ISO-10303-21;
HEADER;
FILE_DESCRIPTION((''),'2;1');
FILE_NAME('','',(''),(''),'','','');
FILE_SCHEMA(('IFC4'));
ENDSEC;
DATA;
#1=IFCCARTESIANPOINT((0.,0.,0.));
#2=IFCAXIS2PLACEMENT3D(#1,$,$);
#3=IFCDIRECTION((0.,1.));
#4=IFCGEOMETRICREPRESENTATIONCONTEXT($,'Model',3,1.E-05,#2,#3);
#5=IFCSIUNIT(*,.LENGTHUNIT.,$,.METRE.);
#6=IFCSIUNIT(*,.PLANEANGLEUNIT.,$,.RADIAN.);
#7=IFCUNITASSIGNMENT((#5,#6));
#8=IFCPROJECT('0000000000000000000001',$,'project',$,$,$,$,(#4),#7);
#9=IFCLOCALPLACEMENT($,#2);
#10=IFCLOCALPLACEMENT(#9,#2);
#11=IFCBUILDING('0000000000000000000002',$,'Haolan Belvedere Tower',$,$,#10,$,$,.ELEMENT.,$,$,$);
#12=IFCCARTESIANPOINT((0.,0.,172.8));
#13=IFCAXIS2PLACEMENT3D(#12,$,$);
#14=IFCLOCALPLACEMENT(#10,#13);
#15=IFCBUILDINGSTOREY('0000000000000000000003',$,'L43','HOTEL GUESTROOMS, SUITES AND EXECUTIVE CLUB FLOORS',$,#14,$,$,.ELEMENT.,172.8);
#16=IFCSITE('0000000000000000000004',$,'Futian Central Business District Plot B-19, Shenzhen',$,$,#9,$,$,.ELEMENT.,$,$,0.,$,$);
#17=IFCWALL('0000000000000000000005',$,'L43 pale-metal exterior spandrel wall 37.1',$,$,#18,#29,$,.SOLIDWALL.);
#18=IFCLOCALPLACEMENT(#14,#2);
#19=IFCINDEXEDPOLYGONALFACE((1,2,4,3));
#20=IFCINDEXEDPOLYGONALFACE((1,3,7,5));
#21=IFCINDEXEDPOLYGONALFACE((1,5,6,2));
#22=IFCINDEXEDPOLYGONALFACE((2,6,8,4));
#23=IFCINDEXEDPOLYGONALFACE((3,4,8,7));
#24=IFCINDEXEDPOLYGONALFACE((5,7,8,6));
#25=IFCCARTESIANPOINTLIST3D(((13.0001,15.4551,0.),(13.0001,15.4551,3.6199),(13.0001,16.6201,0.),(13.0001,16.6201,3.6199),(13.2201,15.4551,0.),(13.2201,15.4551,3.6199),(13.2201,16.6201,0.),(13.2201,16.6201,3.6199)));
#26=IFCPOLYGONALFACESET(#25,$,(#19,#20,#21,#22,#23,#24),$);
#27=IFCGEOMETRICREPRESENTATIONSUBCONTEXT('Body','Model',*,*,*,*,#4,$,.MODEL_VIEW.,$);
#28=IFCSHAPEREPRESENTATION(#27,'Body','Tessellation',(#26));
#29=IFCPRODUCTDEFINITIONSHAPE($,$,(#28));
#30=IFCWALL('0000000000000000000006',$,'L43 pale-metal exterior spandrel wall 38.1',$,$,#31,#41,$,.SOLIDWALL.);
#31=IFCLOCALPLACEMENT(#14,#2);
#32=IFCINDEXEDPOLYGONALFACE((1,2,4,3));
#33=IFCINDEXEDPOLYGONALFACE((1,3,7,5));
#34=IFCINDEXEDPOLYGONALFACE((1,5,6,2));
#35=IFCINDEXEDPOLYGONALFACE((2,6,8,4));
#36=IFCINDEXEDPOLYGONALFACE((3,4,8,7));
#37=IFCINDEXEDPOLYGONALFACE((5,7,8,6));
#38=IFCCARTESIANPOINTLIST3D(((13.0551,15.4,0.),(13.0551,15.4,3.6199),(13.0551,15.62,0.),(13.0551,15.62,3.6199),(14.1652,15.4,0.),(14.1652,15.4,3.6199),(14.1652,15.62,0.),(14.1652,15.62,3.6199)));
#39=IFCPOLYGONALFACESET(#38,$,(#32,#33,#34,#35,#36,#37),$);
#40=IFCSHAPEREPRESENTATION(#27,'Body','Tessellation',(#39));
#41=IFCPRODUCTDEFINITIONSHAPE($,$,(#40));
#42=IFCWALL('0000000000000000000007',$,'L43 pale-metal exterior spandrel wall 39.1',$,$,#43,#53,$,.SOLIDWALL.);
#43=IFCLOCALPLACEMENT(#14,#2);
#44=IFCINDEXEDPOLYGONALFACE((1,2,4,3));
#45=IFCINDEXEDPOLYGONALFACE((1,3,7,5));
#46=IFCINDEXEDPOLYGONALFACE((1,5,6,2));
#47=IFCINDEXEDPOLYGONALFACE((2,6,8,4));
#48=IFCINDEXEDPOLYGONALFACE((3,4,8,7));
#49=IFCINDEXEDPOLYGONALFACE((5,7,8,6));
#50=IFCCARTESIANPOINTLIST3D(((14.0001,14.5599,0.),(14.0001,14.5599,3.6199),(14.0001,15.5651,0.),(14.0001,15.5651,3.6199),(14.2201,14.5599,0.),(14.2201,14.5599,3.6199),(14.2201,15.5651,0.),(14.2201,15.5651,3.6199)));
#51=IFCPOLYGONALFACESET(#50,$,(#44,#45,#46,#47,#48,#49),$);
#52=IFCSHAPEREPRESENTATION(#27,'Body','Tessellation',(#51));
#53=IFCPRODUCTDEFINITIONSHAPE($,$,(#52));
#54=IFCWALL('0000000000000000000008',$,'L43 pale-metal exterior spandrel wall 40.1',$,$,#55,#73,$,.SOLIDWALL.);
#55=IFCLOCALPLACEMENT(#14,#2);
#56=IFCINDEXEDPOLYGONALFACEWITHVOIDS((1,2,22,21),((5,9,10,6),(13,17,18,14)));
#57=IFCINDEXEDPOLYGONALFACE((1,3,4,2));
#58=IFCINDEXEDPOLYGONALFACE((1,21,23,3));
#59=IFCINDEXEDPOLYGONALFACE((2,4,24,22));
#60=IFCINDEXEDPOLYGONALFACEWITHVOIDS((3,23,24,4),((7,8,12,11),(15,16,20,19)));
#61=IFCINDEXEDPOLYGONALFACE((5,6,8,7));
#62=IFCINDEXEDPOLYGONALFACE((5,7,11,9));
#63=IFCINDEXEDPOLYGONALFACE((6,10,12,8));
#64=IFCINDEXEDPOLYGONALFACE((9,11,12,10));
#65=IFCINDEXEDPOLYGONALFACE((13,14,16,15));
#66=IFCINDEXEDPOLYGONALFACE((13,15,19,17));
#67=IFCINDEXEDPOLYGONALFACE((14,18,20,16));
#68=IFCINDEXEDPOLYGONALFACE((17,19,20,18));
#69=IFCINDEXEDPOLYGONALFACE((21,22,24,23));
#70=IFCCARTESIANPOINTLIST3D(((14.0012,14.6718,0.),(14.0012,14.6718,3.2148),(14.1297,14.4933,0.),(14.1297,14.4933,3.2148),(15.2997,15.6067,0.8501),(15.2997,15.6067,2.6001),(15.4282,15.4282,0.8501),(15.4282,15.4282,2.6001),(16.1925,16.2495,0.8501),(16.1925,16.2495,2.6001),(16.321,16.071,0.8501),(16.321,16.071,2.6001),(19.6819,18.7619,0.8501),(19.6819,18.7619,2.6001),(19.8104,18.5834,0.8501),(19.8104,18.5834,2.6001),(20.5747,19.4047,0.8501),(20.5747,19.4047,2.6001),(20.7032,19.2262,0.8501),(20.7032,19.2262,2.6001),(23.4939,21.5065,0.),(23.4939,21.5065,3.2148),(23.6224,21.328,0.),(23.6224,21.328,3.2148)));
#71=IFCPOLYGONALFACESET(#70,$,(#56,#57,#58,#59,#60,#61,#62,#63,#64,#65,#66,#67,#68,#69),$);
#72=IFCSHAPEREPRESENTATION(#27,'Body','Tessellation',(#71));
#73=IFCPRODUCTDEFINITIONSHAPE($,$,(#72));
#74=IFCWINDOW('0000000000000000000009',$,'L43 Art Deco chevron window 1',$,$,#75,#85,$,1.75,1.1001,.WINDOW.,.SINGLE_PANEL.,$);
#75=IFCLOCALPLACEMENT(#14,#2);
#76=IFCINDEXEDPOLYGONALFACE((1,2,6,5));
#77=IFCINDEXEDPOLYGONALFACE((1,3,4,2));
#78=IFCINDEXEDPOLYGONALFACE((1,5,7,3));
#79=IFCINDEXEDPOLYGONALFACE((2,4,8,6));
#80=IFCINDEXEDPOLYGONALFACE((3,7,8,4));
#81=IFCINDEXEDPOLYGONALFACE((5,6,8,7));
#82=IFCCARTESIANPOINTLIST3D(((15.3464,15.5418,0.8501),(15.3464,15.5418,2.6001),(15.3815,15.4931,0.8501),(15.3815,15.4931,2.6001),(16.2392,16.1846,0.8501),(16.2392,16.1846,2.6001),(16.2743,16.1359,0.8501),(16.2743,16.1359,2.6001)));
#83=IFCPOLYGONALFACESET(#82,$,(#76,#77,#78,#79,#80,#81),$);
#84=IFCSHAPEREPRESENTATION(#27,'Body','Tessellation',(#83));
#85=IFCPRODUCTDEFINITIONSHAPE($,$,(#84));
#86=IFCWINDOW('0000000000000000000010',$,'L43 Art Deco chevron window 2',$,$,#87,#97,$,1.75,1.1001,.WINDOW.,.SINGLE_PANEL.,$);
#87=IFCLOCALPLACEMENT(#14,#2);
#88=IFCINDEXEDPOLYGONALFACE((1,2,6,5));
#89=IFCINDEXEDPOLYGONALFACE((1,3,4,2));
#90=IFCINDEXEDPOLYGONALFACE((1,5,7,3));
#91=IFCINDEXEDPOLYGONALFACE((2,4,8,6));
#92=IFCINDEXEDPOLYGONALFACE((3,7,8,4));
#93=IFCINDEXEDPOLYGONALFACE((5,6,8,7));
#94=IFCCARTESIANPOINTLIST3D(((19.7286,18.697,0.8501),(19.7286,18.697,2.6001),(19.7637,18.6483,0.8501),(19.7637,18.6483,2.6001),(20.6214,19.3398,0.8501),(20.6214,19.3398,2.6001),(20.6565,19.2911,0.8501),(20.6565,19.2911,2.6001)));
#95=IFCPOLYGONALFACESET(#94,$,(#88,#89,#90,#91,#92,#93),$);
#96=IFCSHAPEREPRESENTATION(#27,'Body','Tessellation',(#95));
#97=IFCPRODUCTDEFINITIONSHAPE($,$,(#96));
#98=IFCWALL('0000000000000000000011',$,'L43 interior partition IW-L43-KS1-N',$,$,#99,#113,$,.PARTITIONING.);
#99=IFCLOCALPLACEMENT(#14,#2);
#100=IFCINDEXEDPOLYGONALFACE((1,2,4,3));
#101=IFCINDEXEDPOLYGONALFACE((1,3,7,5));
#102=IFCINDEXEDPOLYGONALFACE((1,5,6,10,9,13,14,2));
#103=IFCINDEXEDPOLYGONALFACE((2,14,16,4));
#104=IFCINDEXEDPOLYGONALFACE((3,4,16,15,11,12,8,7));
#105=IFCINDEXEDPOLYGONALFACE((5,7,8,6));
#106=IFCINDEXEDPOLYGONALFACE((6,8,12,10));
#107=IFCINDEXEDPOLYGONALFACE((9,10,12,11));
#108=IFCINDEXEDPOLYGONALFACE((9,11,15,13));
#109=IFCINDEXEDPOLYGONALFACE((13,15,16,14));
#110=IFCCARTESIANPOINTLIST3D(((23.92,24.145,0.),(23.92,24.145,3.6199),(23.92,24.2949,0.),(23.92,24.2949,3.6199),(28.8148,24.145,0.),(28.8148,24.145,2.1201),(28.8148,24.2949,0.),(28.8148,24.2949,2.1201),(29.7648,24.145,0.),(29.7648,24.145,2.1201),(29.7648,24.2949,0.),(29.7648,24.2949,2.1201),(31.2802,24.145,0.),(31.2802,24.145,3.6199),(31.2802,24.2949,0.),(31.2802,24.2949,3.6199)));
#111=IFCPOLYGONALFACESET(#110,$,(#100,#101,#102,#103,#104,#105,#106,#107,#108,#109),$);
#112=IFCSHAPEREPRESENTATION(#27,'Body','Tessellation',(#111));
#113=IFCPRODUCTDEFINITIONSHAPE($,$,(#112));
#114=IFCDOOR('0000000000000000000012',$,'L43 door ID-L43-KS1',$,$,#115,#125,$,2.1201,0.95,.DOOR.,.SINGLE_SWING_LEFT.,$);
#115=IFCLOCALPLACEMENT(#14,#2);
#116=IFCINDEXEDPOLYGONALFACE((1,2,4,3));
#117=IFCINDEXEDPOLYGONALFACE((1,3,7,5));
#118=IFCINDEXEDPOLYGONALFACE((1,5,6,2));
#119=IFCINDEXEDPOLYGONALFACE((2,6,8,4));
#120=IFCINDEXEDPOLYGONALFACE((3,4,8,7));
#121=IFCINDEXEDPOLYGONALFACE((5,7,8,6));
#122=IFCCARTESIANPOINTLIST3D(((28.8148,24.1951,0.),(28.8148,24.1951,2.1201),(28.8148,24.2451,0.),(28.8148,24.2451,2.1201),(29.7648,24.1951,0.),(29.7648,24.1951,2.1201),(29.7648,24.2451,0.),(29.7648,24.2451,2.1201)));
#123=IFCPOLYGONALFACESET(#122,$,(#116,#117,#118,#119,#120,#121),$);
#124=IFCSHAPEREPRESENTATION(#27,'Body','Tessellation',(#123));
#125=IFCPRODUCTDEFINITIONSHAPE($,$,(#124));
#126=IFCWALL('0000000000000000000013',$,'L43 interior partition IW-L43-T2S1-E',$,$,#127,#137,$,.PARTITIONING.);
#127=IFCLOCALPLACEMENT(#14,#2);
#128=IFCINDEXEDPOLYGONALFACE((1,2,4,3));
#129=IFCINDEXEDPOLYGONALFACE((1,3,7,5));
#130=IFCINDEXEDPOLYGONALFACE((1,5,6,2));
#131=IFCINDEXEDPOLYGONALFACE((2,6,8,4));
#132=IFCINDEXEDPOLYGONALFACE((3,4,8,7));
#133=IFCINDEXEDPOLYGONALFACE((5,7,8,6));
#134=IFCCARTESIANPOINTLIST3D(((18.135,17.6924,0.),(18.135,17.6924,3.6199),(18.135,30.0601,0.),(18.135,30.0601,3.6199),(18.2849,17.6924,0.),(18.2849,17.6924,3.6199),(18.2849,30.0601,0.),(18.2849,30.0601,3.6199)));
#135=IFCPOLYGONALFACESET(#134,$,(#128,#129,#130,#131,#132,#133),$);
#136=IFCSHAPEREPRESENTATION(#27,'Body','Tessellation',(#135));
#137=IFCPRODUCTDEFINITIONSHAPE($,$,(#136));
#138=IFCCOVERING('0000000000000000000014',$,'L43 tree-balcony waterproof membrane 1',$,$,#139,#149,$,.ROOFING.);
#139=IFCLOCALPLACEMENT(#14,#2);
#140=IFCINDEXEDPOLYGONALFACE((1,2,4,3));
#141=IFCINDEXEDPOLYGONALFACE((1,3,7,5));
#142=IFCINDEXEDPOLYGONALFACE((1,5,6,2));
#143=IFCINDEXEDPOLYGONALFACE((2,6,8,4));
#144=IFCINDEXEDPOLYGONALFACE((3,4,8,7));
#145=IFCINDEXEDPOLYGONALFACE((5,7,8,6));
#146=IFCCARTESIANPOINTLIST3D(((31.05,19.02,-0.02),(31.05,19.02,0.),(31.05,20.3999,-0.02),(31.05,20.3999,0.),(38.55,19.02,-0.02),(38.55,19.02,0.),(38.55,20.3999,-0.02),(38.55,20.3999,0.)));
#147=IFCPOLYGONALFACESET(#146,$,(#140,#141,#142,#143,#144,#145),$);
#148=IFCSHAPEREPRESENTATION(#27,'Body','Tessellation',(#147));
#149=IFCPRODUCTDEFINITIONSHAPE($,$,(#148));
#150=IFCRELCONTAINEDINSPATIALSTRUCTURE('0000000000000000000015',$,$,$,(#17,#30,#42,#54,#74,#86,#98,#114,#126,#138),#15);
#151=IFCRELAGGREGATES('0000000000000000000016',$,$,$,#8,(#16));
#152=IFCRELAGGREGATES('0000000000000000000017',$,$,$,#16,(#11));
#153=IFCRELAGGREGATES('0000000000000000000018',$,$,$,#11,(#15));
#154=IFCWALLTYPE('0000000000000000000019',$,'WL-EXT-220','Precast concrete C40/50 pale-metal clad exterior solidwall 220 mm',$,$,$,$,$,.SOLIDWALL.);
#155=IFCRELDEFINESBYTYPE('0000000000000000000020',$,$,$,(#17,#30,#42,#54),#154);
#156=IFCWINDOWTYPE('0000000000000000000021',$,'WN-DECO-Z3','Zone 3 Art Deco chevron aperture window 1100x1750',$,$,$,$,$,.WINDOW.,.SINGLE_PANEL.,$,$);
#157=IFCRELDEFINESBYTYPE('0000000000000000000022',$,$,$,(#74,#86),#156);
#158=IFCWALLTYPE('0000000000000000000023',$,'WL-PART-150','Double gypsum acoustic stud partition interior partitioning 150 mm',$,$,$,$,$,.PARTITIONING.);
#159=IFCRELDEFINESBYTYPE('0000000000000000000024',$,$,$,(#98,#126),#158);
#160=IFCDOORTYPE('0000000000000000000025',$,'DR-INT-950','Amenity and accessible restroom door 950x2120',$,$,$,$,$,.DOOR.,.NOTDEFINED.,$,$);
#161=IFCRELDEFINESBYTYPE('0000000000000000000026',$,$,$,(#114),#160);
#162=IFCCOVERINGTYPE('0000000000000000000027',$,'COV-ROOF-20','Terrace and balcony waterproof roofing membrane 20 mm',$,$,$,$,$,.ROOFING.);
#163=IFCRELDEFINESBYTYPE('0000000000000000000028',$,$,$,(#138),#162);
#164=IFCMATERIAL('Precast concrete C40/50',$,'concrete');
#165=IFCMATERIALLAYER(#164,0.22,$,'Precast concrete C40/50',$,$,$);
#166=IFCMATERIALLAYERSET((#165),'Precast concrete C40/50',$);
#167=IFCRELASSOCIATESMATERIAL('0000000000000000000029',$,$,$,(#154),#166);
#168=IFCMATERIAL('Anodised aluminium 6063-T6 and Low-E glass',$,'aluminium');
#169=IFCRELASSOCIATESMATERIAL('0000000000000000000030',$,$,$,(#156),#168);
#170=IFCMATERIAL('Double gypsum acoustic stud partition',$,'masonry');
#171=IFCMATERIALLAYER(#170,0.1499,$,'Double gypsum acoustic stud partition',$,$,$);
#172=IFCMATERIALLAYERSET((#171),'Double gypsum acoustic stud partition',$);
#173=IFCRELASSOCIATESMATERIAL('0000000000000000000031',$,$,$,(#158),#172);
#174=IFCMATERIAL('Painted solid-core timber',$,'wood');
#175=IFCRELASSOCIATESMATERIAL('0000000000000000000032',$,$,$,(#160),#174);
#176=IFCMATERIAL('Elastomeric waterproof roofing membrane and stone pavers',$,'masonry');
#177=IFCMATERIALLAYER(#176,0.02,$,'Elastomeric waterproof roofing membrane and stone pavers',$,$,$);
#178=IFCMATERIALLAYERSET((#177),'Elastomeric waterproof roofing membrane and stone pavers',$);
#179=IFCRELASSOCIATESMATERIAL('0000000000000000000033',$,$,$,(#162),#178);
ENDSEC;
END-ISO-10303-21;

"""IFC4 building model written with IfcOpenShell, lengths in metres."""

from ifc_helpers import new_model, si_unit, direction, frame, frame_2d, origin, place, context, subcontext, project, spatial, polyline, rectangle, outline, extrude, material, layer, layer_set, type_object, element, fill, save


model = new_model("IFC4")

# Units and contexts
model_context = context("Model", 3, precision=1e-05, world=origin(), true_north=direction((0.0, 1.0)))
body_context = subcontext(model_context, "Body", "Model", "MODEL_VIEW")
ifc_project = project(units=[si_unit("LENGTHUNIT", "METRE"), si_unit("PLANEANGLEUNIT", "RADIAN")], contexts=[model_context])

# Site, building, storey
site_placement = place(None, origin())
site = spatial("IfcSite", under=ifc_project, at=site_placement, Name="Futian Central Business District Plot B-19, Shenzhen", CompositionType="ELEMENT", RefElevation=0.0)
building_placement = place(site_placement, origin())
building = spatial("IfcBuilding", under=site, at=building_placement, Name="Haolan Belvedere Tower", CompositionType="ELEMENT")
storey_placement = place(building_placement, frame((0.0, 0.0, 172.8)))
storey = spatial("IfcBuildingStorey", under=building, at=storey_placement, Name="L43", Description="HOTEL GUESTROOMS, SUITES AND EXECUTIVE CLUB FLOORS", CompositionType="ELEMENT", Elevation=172.8)

# Walls
ifc_material_1 = material(Name="Precast concrete C40/50", Category="concrete")
ifc_layer_1 = layer(ifc_material_1, 0.22, Name="Precast concrete C40/50")
ifc_layer_set_1 = layer_set([ifc_layer_1], Name="Precast concrete C40/50")
wall_type_1 = type_object("IfcWallType", Name="WL-EXT-220", Description="Precast concrete C40/50 pale-metal clad exterior solidwall 220 mm", PredefinedType="SOLIDWALL", material=ifc_layer_set_1)
wall_1_placement = place(storey_placement, frame((13.1101, 16.6201, 0.0), z_axis=(0.0, 0.0, 1.0), x_axis=(0.0, -1.0, 0.0)))
element("IfcWall", 1, at=wall_1_placement, inside=storey, type_object=wall_type_1, Name="L43 pale-metal exterior spandrel wall 37.1", PredefinedType="SOLIDWALL", context=body_context, shape_type="SweptSolid", body=[
    extrude(rectangle(XDim=1.165, YDim=0.22, at=frame_2d((0.5825, 0.0))), origin(), (0.0, 0.0, 1.0), 3.6199),
])
wall_2_placement = place(storey_placement, frame((13.0549, 15.51, 0.0), z_axis=(0.0, 0.0, 1.0), x_axis=(1.0, 0.0, 0.0)))
element("IfcWall", 2, at=wall_2_placement, inside=storey, type_object=wall_type_1, Name="L43 pale-metal exterior spandrel wall 38.1", PredefinedType="SOLIDWALL", context=body_context, shape_type="SweptSolid", body=[
    extrude(rectangle(XDim=1.1101, YDim=0.22, at=frame_2d((0.5552, 0.0))), origin(), (0.0, 0.0, 1.0), 3.6199),
])
wall_3_placement = place(storey_placement, frame((14.1101, 15.5649, 0.0), z_axis=(0.0, 0.0, 1.0), x_axis=(0.0, -1.0, 0.0)))
element("IfcWall", 3, at=wall_3_placement, inside=storey, type_object=wall_type_1, Name="L43 pale-metal exterior spandrel wall 39.1", PredefinedType="SOLIDWALL", context=body_context, shape_type="SweptSolid", body=[
    extrude(rectangle(XDim=1.0051, YDim=0.22, at=frame_2d((0.5024, 0.0))), origin(), (0.0, 0.0, 1.0), 3.6199),
])

# Wall, openings, windows
wall_4_placement = place(storey_placement, frame((14.0654, 14.5825, 0.0), z_axis=(0.0, 0.0, 1.0), x_axis=(0.811535, 0.584304, 0.0)))
wall_4 = element("IfcWall", 4, at=wall_4_placement, inside=storey, type_object=wall_type_1, Name="L43 pale-metal exterior spandrel wall 40.1", PredefinedType="SOLIDWALL", context=body_context, shape_type="SweptSolid", body=[
    extrude(rectangle(XDim=11.6973, YDim=0.22, at=frame_2d((5.8486, 0.0))), origin(), (0.0, 0.0, 1.0), 3.2148),
])
opening_1_placement = place(wall_4_placement, frame((1.6001, 0.0, 0.8501)))
opening_1 = element("IfcOpeningElement", 5, at=opening_1_placement, cuts=wall_4, PredefinedType="OPENING", context=body_context, shape_type="SweptSolid", body=[
    extrude(rectangle(XDim=1.1001, YDim=1.75, at=frame_2d((0.55, 0.875))), frame((0.0, 0.1199, 0.0), z_axis=(0.0, -1.0, 0.0), x_axis=(1.0, 0.0, 0.0)), (0.0, 0.0, 1.0), 0.24),
])
opening_2_placement = place(wall_4_placement, frame((7.0, 0.0, 0.8501)))
opening_2 = element("IfcOpeningElement", 6, at=opening_2_placement, cuts=wall_4, PredefinedType="OPENING", context=body_context, shape_type="SweptSolid", body=[
    extrude(rectangle(XDim=1.1001, YDim=1.75, at=frame_2d((0.55, 0.875))), frame((0.0, 0.1199, 0.0), z_axis=(0.0, -1.0, 0.0), x_axis=(1.0, 0.0, 0.0)), (0.0, 0.0, 1.0), 0.24),
])
ifc_material_2 = material(Name="Anodised aluminium 6063-T6 and Low-E glass", Category="aluminium")
window_type = type_object("IfcWindowType", Name="WN-DECO-Z3", Description="Zone 3 Art Deco chevron aperture window 1100x1750", PartitioningType="SINGLE_PANEL", PredefinedType="WINDOW", material=ifc_material_2)
window_1_placement = place(opening_1_placement, origin())
window_1 = element("IfcWindow", 7, at=window_1_placement, inside=storey, type_object=window_type, Name="L43 Art Deco chevron window 1", OverallHeight=1.75, OverallWidth=1.1001, PartitioningType="SINGLE_PANEL", PredefinedType="WINDOW", context=body_context, shape_type="SweptSolid", body=[
    extrude(rectangle(XDim=1.1001, YDim=1.75, at=frame_2d((0.55, 0.875))), frame((0.0, 0.03, 0.0), z_axis=(0.0, -1.0, 0.0), x_axis=(1.0, 0.0, 0.0)), (0.0, 0.0, 1.0), 0.0601),
])
fill(opening_1, window_1)
window_2_placement = place(opening_2_placement, origin())
window_2 = element("IfcWindow", 8, at=window_2_placement, inside=storey, type_object=window_type, Name="L43 Art Deco chevron window 2", OverallHeight=1.75, OverallWidth=1.1001, PartitioningType="SINGLE_PANEL", PredefinedType="WINDOW", context=body_context, shape_type="SweptSolid", body=[
    extrude(rectangle(XDim=1.1001, YDim=1.75, at=frame_2d((0.55, 0.875))), frame((0.0, 0.03, 0.0), z_axis=(0.0, -1.0, 0.0), x_axis=(1.0, 0.0, 0.0)), (0.0, 0.0, 1.0), 0.0601),
])
fill(opening_2, window_2)

# Wall, opening, door
ifc_material_3 = material(Name="Double gypsum acoustic stud partition", Category="masonry")
ifc_layer_2 = layer(ifc_material_3, 0.1499, Name="Double gypsum acoustic stud partition")
ifc_layer_set_2 = layer_set([ifc_layer_2], Name="Double gypsum acoustic stud partition")
wall_type_2 = type_object("IfcWallType", Name="WL-PART-150", Description="Double gypsum acoustic stud partition interior partitioning 150 mm", PredefinedType="PARTITIONING", material=ifc_layer_set_2)
wall_5_placement = place(storey_placement, frame((23.9199, 24.22, 0.0), z_axis=(0.0, 0.0, 1.0), x_axis=(1.0, 0.0, 0.0)))
wall_5 = element("IfcWall", 9, at=wall_5_placement, inside=storey, type_object=wall_type_2, Name="L43 interior partition IW-L43-KS1-N", PredefinedType="PARTITIONING", context=body_context, shape_type="SweptSolid", body=[
    extrude(rectangle(XDim=7.3601, YDim=0.1499, at=frame_2d((3.6802, 0.0))), origin(), (0.0, 0.0, 1.0), 3.6199),
])
opening_3_placement = place(wall_5_placement, frame((5.845, 0.0, 0.0), z_axis=(0.0, 0.0, 1.0), x_axis=(-1.0, 0.0, 0.0)))
opening_3 = element("IfcOpeningElement", 10, at=opening_3_placement, cuts=wall_5, PredefinedType="OPENING", context=body_context, shape_type="SweptSolid", body=[
    extrude(rectangle(XDim=0.95, YDim=2.1201, at=frame_2d((0.4751, 1.0601))), frame((0.0, 0.085, 0.0), z_axis=(0.0, -1.0, 0.0), x_axis=(1.0, 0.0, 0.0)), (0.0, 0.0, 1.0), 0.1699),
])
ifc_material_4 = material(Name="Painted solid-core timber", Category="wood")
door_type = type_object("IfcDoorType", Name="DR-INT-950", Description="Amenity and accessible restroom door 950x2120", OperationType="NOTDEFINED", PredefinedType="DOOR", material=ifc_material_4)
door_placement = place(opening_3_placement, origin())
door = element("IfcDoor", 11, at=door_placement, inside=storey, type_object=door_type, Name="L43 door ID-L43-KS1", OperationType="SINGLE_SWING_LEFT", OverallHeight=2.1201, OverallWidth=0.95, PredefinedType="DOOR", context=body_context, shape_type="SweptSolid", body=[
    extrude(rectangle(XDim=0.95, YDim=2.1201, at=frame_2d((0.4751, 1.0601))), frame((0.0, 0.0249, 0.0), z_axis=(0.0, -1.0, 0.0), x_axis=(1.0, 0.0, 0.0)), (0.0, 0.0, 1.0), 0.05),
])
fill(opening_3, door)

# Wall
wall_6_placement = place(storey_placement, frame((18.21, 17.6924, 0.0), z_axis=(0.0, 0.0, 1.0), x_axis=(0.0, 1.0, 0.0)))
element("IfcWall", 12, at=wall_6_placement, inside=storey, type_object=wall_type_2, Name="L43 interior partition IW-L43-T2S1-E", PredefinedType="PARTITIONING", context=body_context, shape_type="SweptSolid", body=[
    extrude(rectangle(XDim=12.3677, YDim=0.1499, at=frame_2d((6.1838, 0.0))), origin(), (0.0, 0.0, 1.0), 3.6199),
])

# Covering
ifc_material_5 = material(Name="Elastomeric waterproof roofing membrane and stone pavers", Category="masonry")
ifc_layer_3 = layer(ifc_material_5, 0.02, Name="Elastomeric waterproof roofing membrane and stone pavers")
ifc_layer_set_3 = layer_set([ifc_layer_3], Name="Elastomeric waterproof roofing membrane and stone pavers")
covering_type = type_object("IfcCoveringType", Name="COV-ROOF-20", Description="Terrace and balcony waterproof roofing membrane 20 mm", PredefinedType="ROOFING", material=ifc_layer_set_3)
covering_placement = place(storey_placement, frame((0.0, 0.0, -0.02)))
element("IfcCovering", 13, at=covering_placement, inside=storey, type_object=covering_type, Name="L43 tree-balcony waterproof membrane 1", PredefinedType="ROOFING", context=body_context, shape_type="SweptSolid", body=[
    extrude(outline(polyline([(31.05, 19.02), (38.55, 19.02), (38.55, 20.3999), (31.05, 20.3999), (31.05, 19.02)])), origin(), (0.0, 0.0, 1.0), 0.02),
])

save(model, "model.ifc")
